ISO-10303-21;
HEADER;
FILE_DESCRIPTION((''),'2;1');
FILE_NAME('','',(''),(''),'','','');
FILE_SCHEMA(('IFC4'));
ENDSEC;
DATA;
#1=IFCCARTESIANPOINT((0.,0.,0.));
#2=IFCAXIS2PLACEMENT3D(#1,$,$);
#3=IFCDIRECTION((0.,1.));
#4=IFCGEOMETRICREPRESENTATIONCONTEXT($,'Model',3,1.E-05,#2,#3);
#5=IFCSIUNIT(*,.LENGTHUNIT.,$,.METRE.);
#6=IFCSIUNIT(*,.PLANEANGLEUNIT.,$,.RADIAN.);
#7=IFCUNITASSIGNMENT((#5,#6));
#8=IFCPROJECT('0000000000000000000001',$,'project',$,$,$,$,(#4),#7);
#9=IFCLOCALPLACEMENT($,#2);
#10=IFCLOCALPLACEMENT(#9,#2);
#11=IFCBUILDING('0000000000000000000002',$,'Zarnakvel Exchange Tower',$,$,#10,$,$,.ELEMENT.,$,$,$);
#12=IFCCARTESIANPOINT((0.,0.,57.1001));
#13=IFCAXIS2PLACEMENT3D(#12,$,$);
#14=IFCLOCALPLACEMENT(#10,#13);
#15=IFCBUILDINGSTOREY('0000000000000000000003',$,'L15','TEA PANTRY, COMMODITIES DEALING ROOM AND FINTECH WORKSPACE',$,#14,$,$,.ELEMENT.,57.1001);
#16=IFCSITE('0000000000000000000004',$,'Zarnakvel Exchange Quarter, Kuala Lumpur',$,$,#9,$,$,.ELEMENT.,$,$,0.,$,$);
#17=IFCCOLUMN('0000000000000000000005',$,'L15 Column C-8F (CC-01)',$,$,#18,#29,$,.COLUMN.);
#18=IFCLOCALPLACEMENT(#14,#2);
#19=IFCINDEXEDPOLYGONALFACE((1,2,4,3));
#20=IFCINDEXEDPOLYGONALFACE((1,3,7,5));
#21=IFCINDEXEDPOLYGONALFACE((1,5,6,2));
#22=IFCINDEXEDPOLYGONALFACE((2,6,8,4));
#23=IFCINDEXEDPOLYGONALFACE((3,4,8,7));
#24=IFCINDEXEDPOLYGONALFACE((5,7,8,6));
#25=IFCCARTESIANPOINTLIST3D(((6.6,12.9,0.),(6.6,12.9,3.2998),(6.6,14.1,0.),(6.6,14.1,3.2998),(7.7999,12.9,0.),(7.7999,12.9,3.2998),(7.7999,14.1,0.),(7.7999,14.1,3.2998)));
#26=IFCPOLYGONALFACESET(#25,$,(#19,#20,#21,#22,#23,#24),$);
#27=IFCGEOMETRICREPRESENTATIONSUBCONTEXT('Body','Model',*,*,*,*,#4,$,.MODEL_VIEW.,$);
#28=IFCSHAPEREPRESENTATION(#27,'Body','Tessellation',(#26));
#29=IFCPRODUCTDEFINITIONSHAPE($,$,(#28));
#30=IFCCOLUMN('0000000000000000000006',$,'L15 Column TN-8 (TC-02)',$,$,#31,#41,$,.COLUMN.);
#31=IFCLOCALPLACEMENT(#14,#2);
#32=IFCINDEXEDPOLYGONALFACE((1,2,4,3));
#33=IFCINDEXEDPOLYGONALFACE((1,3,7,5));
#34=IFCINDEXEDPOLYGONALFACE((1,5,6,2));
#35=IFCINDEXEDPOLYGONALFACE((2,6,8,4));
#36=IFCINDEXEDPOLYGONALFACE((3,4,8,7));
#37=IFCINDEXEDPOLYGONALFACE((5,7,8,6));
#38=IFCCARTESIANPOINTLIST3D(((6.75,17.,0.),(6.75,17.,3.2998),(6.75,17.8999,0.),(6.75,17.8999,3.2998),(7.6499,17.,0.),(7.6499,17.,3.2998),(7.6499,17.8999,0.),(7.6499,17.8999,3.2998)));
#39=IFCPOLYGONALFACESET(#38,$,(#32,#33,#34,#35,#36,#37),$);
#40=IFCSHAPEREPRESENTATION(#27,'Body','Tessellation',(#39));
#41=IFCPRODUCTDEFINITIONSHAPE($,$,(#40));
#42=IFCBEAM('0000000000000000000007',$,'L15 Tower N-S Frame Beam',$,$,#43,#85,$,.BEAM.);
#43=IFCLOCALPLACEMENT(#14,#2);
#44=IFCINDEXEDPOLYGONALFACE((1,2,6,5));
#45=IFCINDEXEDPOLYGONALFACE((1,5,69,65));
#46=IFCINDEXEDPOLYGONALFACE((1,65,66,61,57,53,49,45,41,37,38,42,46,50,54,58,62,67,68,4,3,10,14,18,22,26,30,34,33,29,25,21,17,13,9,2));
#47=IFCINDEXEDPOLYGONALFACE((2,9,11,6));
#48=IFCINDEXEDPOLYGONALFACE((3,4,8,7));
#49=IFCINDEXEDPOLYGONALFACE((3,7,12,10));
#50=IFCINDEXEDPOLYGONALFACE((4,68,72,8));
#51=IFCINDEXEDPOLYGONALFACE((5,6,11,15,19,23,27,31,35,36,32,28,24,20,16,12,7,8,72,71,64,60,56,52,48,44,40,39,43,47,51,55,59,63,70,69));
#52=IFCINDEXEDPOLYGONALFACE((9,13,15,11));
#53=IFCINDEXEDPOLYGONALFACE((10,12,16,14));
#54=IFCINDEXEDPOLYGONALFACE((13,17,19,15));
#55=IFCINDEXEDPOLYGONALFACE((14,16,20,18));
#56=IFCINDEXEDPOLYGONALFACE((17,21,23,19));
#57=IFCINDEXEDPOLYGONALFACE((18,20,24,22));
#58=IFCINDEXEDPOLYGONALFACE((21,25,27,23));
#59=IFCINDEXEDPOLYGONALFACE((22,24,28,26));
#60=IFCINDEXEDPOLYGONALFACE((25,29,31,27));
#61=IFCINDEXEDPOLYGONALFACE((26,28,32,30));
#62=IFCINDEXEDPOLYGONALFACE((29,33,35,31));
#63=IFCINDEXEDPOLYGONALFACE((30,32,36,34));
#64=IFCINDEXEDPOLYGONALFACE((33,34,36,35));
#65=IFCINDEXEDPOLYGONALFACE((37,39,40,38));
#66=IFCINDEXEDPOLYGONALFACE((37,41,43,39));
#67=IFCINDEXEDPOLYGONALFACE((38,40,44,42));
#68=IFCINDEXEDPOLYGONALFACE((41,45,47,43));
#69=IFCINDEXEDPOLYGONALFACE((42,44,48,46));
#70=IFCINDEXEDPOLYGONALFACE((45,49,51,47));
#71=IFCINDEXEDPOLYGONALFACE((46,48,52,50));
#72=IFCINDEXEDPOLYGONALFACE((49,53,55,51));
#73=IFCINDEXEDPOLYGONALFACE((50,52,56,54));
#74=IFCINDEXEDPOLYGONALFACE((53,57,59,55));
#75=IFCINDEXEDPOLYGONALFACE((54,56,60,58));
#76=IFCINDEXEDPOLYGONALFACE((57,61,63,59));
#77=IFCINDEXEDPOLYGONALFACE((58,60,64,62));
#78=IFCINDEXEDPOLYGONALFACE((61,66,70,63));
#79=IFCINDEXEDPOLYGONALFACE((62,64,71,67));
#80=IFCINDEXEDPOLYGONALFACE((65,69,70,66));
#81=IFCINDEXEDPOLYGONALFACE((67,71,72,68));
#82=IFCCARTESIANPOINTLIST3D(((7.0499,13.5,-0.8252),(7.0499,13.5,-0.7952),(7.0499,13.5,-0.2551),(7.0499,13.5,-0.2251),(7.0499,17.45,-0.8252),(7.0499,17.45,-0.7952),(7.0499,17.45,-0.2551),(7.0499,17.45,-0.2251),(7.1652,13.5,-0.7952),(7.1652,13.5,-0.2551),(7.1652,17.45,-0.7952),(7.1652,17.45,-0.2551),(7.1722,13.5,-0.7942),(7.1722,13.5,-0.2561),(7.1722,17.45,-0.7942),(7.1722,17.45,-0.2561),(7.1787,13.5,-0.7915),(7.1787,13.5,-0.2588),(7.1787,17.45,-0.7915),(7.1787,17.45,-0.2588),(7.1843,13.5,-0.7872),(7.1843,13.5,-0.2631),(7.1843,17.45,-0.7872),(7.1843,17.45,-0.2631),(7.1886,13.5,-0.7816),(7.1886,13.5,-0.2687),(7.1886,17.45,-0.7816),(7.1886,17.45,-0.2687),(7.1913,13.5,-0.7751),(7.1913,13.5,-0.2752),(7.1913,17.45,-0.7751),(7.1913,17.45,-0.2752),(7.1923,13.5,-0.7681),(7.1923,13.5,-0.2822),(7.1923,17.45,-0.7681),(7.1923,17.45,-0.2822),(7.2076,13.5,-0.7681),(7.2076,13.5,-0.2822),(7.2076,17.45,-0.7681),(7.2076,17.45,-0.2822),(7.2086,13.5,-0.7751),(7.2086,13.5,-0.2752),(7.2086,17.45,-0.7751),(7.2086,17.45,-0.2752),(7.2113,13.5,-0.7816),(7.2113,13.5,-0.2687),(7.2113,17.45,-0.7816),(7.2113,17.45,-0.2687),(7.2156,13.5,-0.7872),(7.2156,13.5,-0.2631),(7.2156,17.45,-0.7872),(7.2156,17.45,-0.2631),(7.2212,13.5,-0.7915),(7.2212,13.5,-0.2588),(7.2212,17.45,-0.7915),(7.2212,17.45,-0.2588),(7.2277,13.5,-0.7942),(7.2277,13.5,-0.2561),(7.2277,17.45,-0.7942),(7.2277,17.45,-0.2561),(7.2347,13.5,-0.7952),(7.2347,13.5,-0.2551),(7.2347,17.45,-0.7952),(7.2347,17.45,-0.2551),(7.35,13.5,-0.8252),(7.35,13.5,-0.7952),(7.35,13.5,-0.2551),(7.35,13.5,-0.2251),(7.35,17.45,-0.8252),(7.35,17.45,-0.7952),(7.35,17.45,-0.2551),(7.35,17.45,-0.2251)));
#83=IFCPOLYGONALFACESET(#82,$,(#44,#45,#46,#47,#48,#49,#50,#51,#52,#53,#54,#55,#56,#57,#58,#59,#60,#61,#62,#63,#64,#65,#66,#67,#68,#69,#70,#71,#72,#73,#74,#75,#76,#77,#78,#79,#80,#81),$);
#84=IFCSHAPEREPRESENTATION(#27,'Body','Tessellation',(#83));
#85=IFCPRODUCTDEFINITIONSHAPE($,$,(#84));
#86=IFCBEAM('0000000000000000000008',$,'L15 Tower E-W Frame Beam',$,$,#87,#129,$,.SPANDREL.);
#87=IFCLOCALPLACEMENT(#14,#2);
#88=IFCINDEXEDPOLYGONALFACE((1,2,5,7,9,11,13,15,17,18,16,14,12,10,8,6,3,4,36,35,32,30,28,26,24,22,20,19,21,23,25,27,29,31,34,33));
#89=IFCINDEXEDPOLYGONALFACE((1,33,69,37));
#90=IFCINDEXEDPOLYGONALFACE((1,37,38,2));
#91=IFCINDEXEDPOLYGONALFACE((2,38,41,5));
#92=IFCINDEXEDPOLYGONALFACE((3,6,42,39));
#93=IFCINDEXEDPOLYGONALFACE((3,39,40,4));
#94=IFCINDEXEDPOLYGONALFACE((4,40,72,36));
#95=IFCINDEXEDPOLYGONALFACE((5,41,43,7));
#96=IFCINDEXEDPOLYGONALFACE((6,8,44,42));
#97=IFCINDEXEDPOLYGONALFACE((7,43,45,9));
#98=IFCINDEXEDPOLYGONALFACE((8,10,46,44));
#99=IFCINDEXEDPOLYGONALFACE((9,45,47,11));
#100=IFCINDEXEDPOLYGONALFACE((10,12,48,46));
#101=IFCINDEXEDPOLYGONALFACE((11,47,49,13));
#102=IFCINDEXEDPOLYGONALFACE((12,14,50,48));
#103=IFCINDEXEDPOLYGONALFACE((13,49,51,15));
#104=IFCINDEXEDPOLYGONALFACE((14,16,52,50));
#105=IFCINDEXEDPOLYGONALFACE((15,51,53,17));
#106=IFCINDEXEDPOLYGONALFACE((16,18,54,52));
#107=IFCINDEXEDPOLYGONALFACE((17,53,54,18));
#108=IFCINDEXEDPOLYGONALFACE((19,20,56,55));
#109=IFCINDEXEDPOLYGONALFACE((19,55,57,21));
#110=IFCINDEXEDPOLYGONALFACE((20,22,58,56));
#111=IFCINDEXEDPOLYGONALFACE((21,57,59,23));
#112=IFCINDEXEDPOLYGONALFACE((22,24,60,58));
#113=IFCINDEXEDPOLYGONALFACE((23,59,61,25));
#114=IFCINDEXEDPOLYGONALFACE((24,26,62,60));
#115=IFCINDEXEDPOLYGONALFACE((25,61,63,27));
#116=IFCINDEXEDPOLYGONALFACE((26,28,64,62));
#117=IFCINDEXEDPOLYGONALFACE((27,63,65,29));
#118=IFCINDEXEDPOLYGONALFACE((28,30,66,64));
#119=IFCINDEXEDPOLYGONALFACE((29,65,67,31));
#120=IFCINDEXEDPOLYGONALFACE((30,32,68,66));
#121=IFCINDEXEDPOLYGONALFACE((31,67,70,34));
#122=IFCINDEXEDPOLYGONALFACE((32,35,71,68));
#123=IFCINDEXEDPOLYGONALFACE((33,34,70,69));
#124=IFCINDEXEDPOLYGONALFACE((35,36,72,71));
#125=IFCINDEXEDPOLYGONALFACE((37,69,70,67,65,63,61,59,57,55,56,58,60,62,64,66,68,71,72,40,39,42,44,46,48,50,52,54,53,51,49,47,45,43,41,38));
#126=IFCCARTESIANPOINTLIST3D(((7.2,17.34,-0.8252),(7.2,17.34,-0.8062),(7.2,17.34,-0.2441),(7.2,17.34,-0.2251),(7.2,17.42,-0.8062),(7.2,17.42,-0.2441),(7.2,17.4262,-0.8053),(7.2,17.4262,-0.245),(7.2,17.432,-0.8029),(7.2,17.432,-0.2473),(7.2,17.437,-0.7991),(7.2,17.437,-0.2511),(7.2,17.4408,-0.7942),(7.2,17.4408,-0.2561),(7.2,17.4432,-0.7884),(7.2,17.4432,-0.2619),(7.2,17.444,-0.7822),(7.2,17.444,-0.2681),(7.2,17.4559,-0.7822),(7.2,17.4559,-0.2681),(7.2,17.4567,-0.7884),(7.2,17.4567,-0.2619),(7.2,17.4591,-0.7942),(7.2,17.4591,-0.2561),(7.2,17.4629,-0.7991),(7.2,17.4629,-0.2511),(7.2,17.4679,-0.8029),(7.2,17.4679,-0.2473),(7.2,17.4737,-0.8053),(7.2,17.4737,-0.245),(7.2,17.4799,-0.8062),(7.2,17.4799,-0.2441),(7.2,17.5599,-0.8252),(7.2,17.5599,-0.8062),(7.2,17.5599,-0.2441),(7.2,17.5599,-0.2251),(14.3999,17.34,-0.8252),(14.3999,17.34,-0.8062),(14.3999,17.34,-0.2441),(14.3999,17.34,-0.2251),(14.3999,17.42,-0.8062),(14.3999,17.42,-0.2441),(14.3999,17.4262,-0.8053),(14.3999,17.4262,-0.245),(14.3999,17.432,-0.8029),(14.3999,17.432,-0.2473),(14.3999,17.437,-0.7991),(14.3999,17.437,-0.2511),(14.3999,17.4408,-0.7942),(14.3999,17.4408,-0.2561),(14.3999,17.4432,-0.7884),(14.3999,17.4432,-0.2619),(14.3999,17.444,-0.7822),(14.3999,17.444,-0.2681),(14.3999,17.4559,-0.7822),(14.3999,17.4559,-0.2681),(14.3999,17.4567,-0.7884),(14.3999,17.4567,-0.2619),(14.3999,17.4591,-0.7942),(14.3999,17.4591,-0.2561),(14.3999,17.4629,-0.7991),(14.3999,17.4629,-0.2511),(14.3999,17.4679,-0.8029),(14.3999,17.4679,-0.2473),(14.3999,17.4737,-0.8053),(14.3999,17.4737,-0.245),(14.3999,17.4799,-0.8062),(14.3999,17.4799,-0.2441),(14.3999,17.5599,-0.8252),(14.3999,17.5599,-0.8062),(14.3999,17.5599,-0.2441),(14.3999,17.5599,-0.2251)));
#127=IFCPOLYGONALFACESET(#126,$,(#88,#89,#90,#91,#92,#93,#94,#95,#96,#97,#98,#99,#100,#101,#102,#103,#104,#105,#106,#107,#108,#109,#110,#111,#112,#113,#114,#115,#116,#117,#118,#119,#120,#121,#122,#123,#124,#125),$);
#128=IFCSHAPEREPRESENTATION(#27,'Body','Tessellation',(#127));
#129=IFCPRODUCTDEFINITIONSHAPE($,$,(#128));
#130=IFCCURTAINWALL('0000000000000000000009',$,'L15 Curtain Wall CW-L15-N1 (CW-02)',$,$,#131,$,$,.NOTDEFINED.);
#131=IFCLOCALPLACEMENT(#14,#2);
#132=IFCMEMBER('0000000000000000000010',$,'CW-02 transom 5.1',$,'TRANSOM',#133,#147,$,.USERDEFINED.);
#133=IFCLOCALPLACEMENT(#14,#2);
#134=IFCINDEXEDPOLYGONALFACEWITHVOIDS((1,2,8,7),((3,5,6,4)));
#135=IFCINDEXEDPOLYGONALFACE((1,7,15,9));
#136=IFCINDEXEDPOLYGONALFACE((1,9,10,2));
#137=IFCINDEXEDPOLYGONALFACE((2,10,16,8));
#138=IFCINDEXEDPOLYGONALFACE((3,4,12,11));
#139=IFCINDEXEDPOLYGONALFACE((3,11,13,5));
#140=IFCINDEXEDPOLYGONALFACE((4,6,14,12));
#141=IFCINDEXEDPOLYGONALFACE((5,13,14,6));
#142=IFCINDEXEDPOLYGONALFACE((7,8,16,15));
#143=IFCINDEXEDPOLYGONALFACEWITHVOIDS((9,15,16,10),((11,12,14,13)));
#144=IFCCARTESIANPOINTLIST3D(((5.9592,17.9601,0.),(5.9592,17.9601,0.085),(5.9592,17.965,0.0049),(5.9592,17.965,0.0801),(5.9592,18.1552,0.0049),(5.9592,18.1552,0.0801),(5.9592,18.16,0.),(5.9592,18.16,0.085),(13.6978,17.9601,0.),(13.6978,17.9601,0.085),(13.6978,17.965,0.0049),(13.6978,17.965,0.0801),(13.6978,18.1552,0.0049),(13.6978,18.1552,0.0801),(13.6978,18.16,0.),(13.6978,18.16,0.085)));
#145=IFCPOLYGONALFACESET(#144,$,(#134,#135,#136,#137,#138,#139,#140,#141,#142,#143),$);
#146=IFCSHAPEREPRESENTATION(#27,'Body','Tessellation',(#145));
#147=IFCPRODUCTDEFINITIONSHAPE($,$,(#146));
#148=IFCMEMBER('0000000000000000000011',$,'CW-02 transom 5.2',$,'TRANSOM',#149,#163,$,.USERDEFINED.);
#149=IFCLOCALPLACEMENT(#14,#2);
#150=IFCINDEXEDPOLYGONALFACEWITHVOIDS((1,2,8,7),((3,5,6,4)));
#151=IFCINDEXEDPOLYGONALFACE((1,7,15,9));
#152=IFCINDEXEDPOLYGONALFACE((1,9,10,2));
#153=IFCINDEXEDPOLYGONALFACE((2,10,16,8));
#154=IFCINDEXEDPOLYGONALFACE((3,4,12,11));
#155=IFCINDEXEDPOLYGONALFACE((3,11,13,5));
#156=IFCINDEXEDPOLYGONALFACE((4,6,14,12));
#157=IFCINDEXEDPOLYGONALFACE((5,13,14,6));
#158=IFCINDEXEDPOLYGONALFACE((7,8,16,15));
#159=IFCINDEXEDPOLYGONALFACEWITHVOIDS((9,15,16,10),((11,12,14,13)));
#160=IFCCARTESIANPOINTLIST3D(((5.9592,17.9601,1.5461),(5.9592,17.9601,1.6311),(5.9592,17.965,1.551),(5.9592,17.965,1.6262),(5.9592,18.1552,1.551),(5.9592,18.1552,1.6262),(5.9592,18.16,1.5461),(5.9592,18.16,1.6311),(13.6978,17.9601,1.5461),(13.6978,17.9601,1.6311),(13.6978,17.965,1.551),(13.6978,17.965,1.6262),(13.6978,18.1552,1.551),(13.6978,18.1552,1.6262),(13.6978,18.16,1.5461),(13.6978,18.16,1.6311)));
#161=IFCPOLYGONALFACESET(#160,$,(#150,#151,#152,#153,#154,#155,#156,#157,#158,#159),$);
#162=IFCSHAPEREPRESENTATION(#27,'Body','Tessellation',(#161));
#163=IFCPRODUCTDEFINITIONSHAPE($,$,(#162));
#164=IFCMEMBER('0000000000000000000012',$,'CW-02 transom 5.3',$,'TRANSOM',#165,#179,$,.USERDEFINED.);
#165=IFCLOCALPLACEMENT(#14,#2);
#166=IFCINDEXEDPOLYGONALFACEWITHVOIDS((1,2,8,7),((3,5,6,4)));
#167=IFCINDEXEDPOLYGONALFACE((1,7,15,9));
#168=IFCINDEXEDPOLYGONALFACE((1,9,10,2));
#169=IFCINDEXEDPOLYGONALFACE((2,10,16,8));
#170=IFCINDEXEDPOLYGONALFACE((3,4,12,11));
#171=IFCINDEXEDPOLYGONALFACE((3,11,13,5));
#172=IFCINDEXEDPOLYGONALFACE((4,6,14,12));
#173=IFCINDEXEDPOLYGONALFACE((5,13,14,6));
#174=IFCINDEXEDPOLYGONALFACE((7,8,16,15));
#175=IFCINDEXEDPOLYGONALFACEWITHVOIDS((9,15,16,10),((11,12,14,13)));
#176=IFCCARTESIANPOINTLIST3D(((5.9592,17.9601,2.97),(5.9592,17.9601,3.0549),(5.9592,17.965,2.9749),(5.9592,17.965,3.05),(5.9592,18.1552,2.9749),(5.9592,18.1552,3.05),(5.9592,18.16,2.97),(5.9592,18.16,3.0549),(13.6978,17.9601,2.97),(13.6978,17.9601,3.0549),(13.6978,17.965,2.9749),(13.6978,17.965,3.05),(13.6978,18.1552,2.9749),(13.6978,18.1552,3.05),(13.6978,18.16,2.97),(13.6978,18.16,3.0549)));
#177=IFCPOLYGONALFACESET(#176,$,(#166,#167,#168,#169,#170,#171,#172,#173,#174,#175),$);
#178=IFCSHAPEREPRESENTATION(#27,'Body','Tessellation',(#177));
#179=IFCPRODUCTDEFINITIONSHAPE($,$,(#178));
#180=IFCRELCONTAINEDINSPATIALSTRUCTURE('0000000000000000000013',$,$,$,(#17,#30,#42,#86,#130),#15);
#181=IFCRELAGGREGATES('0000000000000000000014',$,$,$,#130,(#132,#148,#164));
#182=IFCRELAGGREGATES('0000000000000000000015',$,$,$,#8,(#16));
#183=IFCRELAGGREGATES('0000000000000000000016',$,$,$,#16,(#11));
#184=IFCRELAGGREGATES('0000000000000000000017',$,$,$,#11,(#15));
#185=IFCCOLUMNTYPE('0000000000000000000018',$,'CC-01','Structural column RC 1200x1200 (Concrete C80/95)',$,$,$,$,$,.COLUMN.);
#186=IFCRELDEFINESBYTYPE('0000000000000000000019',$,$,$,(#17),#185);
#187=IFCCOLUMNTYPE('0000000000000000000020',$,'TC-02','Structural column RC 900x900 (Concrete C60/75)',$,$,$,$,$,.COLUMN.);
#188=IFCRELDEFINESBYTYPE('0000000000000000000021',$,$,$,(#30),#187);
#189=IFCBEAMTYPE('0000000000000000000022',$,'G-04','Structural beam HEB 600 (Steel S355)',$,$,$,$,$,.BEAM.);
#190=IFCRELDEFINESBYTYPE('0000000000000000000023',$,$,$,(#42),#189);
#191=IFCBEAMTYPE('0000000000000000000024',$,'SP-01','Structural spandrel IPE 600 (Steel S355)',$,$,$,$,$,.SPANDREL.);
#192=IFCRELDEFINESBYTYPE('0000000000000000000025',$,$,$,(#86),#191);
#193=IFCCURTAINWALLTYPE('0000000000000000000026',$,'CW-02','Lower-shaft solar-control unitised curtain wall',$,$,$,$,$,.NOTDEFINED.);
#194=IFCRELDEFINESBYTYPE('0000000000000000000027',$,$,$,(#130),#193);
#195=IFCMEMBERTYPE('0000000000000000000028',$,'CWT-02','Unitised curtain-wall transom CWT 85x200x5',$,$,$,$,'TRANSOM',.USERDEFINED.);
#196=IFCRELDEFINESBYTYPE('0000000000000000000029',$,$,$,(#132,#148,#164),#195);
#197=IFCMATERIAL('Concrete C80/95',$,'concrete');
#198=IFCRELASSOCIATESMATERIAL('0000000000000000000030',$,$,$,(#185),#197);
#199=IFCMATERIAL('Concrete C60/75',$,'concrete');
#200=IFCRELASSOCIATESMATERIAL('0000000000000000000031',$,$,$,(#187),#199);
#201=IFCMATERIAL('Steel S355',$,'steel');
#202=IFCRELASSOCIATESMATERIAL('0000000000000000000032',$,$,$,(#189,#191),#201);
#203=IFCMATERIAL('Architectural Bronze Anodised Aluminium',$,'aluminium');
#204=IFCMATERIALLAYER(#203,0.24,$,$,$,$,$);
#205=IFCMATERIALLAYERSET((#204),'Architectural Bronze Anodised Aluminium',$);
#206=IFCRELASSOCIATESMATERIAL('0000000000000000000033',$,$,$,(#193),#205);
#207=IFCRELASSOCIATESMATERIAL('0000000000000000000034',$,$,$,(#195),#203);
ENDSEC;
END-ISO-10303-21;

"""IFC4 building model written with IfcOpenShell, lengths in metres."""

from ifc_helpers import new_model, si_unit, direction, frame, origin, origin_2d, place, context, subcontext, project, spatial, rectangle, hollow_rectangle, i_section, extrude, source, transform, mapped, material, layer, layer_set, material_profile, profile_set, type_object, element, aggregate, save


model = new_model("IFC4")

# Units and contexts
model_context = context("Model", 3, precision=1e-05, world=origin(), true_north=direction((0.0, 1.0)))
body_context = subcontext(model_context, "Body", "Model", "MODEL_VIEW")
ifc_project = project(units=[si_unit("LENGTHUNIT", "METRE"), si_unit("PLANEANGLEUNIT", "RADIAN")], contexts=[model_context])

# Site, building, storey
site_placement = place(None, origin())
site = spatial("IfcSite", under=ifc_project, at=site_placement, Name="Zarnakvel Exchange Quarter, Kuala Lumpur", CompositionType="ELEMENT", RefElevation=0.0)
building_placement = place(site_placement, origin())
building = spatial("IfcBuilding", under=site, at=building_placement, Name="Zarnakvel Exchange Tower", CompositionType="ELEMENT")
storey_placement = place(building_placement, frame((0.0, 0.0, 57.1001)))
storey = spatial("IfcBuildingStorey", under=building, at=storey_placement, Name="L15", Description="TEA PANTRY, COMMODITIES DEALING ROOM AND FINTECH WORKSPACE", CompositionType="ELEMENT", Elevation=57.1001)

# Columns
ifc_material_1 = material(Name="Concrete C80/95", Category="concrete")
ifc_material_profile_1 = material_profile(ifc_material_1, rectangle(XDim=1.2, YDim=1.2, at=origin_2d()))
ifc_profile_set_1 = profile_set([ifc_material_profile_1], Name="Concrete C80/95")
column_type_1 = type_object("IfcColumnType", Name="CC-01", Description="Structural column RC 1200x1200 (Concrete C80/95)", PredefinedType="COLUMN", material=ifc_profile_set_1)
column_1_placement = place(storey_placement, frame((7.2, 13.5, 0.0), z_axis=(0.0, 0.0, 1.0), x_axis=(1.0, 0.0, 0.0)))
element("IfcColumn", 1, at=column_1_placement, inside=storey, type_object=column_type_1, Name="L15 Column C-8F (CC-01)", PredefinedType="COLUMN", context=body_context, shape_type="SweptSolid", body=[
    extrude(rectangle(XDim=1.2, YDim=1.2, at=origin_2d()), origin(), (0.0, 0.0, 1.0), 3.2998),
])
ifc_material_2 = material(Name="Concrete C60/75", Category="concrete")
ifc_material_profile_2 = material_profile(ifc_material_2, rectangle(XDim=0.8999, YDim=0.8999, at=origin_2d()))
ifc_profile_set_2 = profile_set([ifc_material_profile_2], Name="Concrete C60/75")
column_type_2 = type_object("IfcColumnType", Name="TC-02", Description="Structural column RC 900x900 (Concrete C60/75)", PredefinedType="COLUMN", material=ifc_profile_set_2)
column_2_placement = place(storey_placement, frame((7.2, 17.45, 0.0), z_axis=(0.0, 0.0, 1.0), x_axis=(1.0, 0.0, 0.0)))
element("IfcColumn", 2, at=column_2_placement, inside=storey, type_object=column_type_2, Name="L15 Column TN-8 (TC-02)", PredefinedType="COLUMN", context=body_context, shape_type="SweptSolid", body=[
    extrude(rectangle(XDim=0.8999, YDim=0.8999, at=origin_2d()), origin(), (0.0, 0.0, 1.0), 3.2998),
])

# Beams
ifc_material_3 = material(Name="Steel S355", Category="steel")
ifc_material_profile_3 = material_profile(ifc_material_3, i_section(OverallWidth=0.3, OverallDepth=0.6001, WebThickness=0.0154, FlangeThickness=0.03, FilletRadius=0.0271, at=origin_2d()))
ifc_profile_set_3 = profile_set([ifc_material_profile_3], Name="Steel S355")
beam_type_1 = type_object("IfcBeamType", Name="G-04", Description="Structural beam HEB 600 (Steel S355)", PredefinedType="BEAM", material=ifc_profile_set_3)
beam_1_placement = place(storey_placement, frame((7.2, 13.5, -0.5251), z_axis=(0.0, 1.0, 0.0), x_axis=(-1.0, 0.0, 0.0)))
element("IfcBeam", 3, at=beam_1_placement, inside=storey, type_object=beam_type_1, Name="L15 Tower N-S Frame Beam", PredefinedType="BEAM", context=body_context, shape_type="SweptSolid", body=[
    extrude(i_section(OverallWidth=0.3, OverallDepth=0.6001, WebThickness=0.0154, FlangeThickness=0.03, FilletRadius=0.0271, at=origin_2d()), origin(), (0.0, 0.0, 1.0), 3.95),
])
ifc_material_profile_4 = material_profile(ifc_material_3, i_section(OverallWidth=0.22, OverallDepth=0.6001, WebThickness=0.012, FlangeThickness=0.019, FilletRadius=0.0239, at=origin_2d()))
ifc_profile_set_4 = profile_set([ifc_material_profile_4], Name="Steel S355")
beam_type_2 = type_object("IfcBeamType", Name="SP-01", Description="Structural spandrel IPE 600 (Steel S355)", PredefinedType="SPANDREL", material=ifc_profile_set_4)
beam_2_placement = place(storey_placement, frame((7.2, 17.45, -0.5251), z_axis=(1.0, 0.0, 0.0), x_axis=(0.0, 1.0, 0.0)))
element("IfcBeam", 4, at=beam_2_placement, inside=storey, type_object=beam_type_2, Name="L15 Tower E-W Frame Beam", PredefinedType="SPANDREL", context=body_context, shape_type="SweptSolid", body=[
    extrude(i_section(OverallWidth=0.22, OverallDepth=0.6001, WebThickness=0.012, FlangeThickness=0.019, FilletRadius=0.0239, at=origin_2d()), origin(), (0.0, 0.0, 1.0), 7.2),
])

# Curtain wall, members
ifc_material_4 = material(Name="Architectural Bronze Anodised Aluminium", Category="aluminium")
ifc_layer_1 = layer(ifc_material_4, 0.24)
ifc_layer_set_1 = layer_set([ifc_layer_1], Name="Architectural Bronze Anodised Aluminium")
curtain_wall_type = type_object("IfcCurtainWallType", Name="CW-02", Description="Lower-shaft solar-control unitised curtain wall", PredefinedType="NOTDEFINED", material=ifc_layer_set_1)
curtain_wall_placement = place(storey_placement, origin())
curtain_wall = element("IfcCurtainWall", 5, at=curtain_wall_placement, inside=storey, type_object=curtain_wall_type, Name="L15 Curtain Wall CW-L15-N1 (CW-02)", PredefinedType="NOTDEFINED")
ifc_material_profile_5 = material_profile(ifc_material_4, hollow_rectangle(XDim=0.2, YDim=0.085, WallThickness=0.0049, at=origin_2d()))
ifc_profile_set_5 = profile_set([ifc_material_profile_5], Name="Architectural Bronze Anodised Aluminium")
member_type_1 = type_object("IfcMemberType", Name="CWT-02", Description="Unitised curtain-wall transom CWT 85x200x5", ElementType="TRANSOM", PredefinedType="USERDEFINED", material=ifc_profile_set_5)
shared_shape_1 = source(origin(), body_context, "Body", "SweptSolid", [
    extrude(hollow_rectangle(XDim=0.2, YDim=0.085, WallThickness=0.0049, at=origin_2d()), origin(), (0.0, 0.0, 1.0), 7.7385),
])
member_1_placement = place(storey_placement, frame((5.9592, 18.0601, 0.0425), z_axis=(1.0, 0.0, 0.0), x_axis=(0.0, 1.0, 0.0)))
member_1 = element("IfcMember", 6, at=member_1_placement, type_object=member_type_1, Name="CW-02 transom 5.1", ObjectType="TRANSOM", PredefinedType="USERDEFINED", context=body_context, shape_type="MappedRepresentation", body=[
    mapped(shared_shape_1, transform((0.0, 0.0, 0.0), x_axis=(1.0, 0.0, 0.0), y_axis=(0.0, 1.0, 0.0), z_axis=(0.0, 0.0, 1.0), scale=1.0)),
])
member_2_placement = place(storey_placement, frame((5.9592, 18.0601, 1.5886), z_axis=(1.0, 0.0, 0.0), x_axis=(0.0, 1.0, 0.0)))
member_2 = element("IfcMember", 7, at=member_2_placement, type_object=member_type_1, Name="CW-02 transom 5.2", ObjectType="TRANSOM", PredefinedType="USERDEFINED", context=body_context, shape_type="MappedRepresentation", body=[
    mapped(shared_shape_1, transform((0.0, 0.0, 0.0), x_axis=(1.0, 0.0, 0.0), y_axis=(0.0, 1.0, 0.0), z_axis=(0.0, 0.0, 1.0), scale=1.0)),
])
member_3_placement = place(storey_placement, frame((5.9592, 18.0601, 3.0125), z_axis=(1.0, 0.0, 0.0), x_axis=(0.0, 1.0, 0.0)))
member_3 = element("IfcMember", 8, at=member_3_placement, type_object=member_type_1, Name="CW-02 transom 5.3", ObjectType="TRANSOM", PredefinedType="USERDEFINED", context=body_context, shape_type="MappedRepresentation", body=[
    mapped(shared_shape_1, transform((0.0, 0.0, 0.0), x_axis=(1.0, 0.0, 0.0), y_axis=(0.0, 1.0, 0.0), z_axis=(0.0, 0.0, 1.0), scale=1.0)),
])
aggregate(curtain_wall, [member_1, member_2, member_3])

save(model, "model.ifc")
